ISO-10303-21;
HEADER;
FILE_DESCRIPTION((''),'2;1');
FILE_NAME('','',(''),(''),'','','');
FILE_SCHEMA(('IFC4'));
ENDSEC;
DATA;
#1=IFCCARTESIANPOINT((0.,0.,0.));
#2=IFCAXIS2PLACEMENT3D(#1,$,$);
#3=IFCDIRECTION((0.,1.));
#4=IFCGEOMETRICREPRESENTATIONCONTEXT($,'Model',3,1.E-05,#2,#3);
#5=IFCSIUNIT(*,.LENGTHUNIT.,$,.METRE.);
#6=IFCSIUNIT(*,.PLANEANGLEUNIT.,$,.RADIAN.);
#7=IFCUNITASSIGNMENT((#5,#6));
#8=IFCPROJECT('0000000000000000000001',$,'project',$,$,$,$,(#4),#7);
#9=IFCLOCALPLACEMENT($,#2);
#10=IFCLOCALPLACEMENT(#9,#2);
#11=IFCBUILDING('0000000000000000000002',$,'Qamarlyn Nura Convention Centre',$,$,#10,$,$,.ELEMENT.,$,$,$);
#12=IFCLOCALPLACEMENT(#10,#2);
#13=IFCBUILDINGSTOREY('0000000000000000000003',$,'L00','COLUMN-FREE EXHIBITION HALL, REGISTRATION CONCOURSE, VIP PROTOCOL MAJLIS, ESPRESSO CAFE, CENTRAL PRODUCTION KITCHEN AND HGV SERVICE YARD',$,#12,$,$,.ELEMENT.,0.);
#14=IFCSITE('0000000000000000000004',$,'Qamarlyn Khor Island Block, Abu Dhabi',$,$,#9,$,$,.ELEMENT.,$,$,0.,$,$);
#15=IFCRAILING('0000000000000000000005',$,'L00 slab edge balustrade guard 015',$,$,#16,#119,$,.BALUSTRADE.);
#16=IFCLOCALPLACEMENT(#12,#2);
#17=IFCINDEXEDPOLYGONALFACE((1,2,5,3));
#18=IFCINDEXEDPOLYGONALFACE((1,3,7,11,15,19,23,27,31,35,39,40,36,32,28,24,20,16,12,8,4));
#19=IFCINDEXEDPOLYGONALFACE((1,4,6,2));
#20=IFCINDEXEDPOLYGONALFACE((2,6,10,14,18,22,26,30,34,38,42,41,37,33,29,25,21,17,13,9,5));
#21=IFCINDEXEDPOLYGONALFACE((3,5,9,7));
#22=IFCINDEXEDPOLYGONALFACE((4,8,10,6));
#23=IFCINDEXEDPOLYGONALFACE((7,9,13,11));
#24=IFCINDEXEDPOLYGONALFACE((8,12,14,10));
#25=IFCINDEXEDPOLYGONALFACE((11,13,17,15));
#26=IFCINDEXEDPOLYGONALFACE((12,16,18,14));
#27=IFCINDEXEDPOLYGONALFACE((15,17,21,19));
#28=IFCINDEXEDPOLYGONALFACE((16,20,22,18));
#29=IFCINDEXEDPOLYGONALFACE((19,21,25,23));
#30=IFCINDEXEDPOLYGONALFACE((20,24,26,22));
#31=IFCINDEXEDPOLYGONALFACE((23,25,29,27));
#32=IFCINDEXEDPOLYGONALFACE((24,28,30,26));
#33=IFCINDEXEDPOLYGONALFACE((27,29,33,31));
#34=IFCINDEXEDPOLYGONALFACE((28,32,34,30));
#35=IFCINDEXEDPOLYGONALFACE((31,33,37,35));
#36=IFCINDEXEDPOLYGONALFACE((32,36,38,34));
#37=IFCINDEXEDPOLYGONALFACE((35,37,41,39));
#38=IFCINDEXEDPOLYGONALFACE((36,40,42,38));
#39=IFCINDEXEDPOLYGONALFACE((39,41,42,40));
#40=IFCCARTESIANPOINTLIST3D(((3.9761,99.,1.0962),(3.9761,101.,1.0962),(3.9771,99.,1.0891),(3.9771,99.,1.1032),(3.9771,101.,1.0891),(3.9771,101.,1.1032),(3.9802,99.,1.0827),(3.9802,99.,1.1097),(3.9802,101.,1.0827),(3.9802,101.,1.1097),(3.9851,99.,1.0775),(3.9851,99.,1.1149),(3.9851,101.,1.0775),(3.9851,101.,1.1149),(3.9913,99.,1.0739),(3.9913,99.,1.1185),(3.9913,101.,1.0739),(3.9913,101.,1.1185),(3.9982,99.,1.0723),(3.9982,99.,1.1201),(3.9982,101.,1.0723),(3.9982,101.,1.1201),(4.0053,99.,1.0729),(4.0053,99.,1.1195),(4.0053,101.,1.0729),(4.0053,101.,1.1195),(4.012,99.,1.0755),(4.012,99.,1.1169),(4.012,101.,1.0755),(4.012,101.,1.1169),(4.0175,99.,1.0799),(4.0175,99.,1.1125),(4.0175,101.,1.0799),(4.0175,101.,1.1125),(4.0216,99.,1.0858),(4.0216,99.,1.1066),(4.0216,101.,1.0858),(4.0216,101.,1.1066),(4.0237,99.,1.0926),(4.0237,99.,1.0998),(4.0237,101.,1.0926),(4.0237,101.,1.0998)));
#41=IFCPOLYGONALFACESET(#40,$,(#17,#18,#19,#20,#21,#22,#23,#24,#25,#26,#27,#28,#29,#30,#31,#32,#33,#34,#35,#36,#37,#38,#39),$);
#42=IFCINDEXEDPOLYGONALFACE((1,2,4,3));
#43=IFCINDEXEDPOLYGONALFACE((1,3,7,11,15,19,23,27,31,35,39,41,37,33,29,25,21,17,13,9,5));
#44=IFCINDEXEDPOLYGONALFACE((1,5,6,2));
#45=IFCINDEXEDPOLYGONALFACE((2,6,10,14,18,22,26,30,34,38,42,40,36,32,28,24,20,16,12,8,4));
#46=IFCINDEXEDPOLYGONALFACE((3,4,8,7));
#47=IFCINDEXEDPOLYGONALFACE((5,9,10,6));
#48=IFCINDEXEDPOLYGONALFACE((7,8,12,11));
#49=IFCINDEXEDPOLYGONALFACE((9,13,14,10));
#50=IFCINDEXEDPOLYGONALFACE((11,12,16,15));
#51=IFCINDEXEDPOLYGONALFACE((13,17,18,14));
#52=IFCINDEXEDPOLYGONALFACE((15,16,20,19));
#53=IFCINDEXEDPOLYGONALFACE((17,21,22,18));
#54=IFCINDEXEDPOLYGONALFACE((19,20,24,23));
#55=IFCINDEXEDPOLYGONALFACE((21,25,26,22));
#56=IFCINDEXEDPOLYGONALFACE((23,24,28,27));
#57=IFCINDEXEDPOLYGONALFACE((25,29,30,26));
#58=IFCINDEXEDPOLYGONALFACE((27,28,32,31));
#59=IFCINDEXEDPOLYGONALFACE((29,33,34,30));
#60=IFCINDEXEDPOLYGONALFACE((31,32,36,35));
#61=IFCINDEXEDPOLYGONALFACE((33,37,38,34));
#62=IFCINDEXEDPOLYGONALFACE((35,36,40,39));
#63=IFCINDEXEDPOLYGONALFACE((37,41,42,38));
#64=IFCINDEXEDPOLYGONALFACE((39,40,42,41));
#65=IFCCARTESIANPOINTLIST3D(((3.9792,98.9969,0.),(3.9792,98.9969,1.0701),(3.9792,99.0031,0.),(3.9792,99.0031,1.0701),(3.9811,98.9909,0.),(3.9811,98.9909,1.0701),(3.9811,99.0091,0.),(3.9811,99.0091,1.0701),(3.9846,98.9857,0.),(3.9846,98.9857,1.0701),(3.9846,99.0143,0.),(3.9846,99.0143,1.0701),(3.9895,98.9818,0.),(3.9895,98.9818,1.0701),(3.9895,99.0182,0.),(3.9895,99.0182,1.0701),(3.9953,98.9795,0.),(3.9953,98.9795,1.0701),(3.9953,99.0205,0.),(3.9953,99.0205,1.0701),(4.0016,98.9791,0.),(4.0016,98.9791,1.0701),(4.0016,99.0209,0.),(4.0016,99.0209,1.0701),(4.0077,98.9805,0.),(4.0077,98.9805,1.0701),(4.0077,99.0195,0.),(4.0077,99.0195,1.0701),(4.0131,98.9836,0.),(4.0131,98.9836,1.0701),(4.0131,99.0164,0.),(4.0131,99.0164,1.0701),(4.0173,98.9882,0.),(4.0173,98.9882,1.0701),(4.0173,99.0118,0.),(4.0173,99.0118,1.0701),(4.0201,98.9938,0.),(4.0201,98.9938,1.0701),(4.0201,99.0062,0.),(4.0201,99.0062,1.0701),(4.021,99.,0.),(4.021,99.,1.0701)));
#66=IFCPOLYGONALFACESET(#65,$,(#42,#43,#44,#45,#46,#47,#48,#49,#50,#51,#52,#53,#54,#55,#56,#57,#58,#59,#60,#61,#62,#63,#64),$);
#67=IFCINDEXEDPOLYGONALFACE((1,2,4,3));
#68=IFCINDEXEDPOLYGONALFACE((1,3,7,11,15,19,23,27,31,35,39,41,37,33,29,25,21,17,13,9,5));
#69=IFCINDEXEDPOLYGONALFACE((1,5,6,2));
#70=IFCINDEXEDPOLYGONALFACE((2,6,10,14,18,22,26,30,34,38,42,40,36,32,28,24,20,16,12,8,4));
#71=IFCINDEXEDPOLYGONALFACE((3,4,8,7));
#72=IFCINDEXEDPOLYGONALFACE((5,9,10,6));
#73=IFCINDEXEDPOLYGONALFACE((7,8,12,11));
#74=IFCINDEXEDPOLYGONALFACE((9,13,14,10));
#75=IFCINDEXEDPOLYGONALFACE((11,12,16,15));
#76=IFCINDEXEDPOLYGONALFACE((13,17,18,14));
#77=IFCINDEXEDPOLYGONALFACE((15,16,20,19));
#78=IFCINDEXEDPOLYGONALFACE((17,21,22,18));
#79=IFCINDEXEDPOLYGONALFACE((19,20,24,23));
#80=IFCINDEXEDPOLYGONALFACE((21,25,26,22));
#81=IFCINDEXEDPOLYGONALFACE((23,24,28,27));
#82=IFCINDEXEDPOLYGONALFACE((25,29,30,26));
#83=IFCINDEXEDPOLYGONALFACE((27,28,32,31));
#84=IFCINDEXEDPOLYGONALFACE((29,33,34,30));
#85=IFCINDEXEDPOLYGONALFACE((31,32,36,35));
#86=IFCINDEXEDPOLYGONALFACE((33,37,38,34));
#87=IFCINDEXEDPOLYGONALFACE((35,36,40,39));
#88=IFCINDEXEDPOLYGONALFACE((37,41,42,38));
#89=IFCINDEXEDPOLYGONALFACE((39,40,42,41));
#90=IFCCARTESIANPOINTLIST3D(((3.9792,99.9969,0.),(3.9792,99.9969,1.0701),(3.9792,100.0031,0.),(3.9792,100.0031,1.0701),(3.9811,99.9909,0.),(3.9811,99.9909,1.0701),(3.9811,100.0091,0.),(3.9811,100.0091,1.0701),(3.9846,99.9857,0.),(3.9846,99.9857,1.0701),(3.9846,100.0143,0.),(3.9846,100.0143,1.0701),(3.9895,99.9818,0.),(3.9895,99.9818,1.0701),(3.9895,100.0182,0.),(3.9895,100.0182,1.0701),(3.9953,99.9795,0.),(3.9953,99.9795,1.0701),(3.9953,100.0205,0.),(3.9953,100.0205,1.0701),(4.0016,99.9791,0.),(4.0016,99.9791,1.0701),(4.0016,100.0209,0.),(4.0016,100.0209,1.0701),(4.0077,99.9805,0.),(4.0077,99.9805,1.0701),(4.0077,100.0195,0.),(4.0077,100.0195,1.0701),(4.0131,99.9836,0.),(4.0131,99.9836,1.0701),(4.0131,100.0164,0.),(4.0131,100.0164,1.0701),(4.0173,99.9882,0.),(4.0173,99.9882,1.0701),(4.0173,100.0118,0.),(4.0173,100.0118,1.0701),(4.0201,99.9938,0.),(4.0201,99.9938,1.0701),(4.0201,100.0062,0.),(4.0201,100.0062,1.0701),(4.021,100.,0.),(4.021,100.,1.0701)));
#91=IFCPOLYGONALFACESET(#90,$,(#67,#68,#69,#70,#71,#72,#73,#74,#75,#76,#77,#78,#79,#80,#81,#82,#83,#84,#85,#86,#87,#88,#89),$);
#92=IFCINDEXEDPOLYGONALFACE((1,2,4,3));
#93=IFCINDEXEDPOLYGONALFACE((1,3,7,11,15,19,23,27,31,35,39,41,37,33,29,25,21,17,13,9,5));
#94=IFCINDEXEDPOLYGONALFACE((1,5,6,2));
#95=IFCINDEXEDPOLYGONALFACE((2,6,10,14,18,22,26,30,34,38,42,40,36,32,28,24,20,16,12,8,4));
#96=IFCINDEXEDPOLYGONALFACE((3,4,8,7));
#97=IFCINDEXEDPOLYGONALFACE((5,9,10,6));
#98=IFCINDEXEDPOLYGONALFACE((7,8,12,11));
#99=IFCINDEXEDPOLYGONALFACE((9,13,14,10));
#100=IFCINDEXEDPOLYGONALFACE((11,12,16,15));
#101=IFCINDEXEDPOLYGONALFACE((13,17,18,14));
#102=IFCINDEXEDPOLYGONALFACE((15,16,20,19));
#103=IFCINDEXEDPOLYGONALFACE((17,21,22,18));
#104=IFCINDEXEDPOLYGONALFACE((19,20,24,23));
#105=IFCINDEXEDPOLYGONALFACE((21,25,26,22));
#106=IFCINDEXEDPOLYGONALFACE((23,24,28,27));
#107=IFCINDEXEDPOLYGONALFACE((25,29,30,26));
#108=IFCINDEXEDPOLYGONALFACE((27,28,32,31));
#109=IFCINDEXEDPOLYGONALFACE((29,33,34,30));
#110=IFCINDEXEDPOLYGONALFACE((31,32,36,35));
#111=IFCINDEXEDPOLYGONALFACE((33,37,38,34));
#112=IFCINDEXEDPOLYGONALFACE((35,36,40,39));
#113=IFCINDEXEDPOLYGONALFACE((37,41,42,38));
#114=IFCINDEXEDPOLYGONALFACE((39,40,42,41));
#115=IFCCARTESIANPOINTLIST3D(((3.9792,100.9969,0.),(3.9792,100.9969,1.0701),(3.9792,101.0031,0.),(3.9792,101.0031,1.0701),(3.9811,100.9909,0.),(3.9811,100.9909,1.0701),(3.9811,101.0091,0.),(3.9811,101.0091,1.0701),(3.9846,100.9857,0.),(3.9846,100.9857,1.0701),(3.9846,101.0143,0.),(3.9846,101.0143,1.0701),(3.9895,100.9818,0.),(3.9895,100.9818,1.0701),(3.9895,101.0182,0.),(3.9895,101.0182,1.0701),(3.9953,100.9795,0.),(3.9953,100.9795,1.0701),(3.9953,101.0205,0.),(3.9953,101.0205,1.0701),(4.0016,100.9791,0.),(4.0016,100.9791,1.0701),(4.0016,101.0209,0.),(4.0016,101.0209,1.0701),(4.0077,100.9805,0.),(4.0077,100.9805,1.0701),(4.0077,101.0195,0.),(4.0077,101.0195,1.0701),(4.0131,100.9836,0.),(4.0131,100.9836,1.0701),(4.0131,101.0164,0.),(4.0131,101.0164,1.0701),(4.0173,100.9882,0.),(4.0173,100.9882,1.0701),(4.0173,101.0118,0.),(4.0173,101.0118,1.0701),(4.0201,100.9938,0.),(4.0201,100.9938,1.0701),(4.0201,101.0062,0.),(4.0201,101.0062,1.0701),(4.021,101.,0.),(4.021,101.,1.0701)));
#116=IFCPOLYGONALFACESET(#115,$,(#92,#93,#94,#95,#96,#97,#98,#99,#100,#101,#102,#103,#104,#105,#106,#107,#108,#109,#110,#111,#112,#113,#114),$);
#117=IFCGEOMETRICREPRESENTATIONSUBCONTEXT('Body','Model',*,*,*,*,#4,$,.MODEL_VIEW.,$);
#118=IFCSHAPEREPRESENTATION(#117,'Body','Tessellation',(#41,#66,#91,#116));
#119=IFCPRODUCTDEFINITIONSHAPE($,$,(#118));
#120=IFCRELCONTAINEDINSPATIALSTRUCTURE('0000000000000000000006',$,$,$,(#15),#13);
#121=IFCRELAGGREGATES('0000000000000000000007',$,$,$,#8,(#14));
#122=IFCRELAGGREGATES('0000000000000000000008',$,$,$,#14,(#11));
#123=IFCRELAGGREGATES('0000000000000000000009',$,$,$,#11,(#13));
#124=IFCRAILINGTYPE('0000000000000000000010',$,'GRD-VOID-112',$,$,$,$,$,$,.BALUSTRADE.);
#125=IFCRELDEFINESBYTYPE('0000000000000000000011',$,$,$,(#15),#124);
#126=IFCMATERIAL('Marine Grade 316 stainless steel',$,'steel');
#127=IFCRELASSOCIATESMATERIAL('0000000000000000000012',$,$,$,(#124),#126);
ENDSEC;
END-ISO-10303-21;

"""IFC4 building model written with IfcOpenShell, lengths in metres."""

from ifc_helpers import new_model, si_unit, direction, frame, origin, origin_2d, place, context, subcontext, project, spatial, circle, extrude, material, type_object, element, save


model = new_model("IFC4")

# Units and contexts
model_context = context("Model", 3, precision=1e-05, world=origin(), true_north=direction((0.0, 1.0)))
body_context = subcontext(model_context, "Body", "Model", "MODEL_VIEW")
ifc_project = project(units=[si_unit("LENGTHUNIT", "METRE"), si_unit("PLANEANGLEUNIT", "RADIAN")], contexts=[model_context])

# Site, building, storey
site_placement = place(None, origin())
site = spatial("IfcSite", under=ifc_project, at=site_placement, Name="Qamarlyn Khor Island Block, Abu Dhabi", CompositionType="ELEMENT", RefElevation=0.0)
building_placement = place(site_placement, origin())
building = spatial("IfcBuilding", under=site, at=building_placement, Name="Qamarlyn Nura Convention Centre", CompositionType="ELEMENT")
storey_placement = place(building_placement, origin())
storey = spatial("IfcBuildingStorey", under=building, at=storey_placement, Name="L00", Description="COLUMN-FREE EXHIBITION HALL, REGISTRATION CONCOURSE, VIP PROTOCOL MAJLIS, ESPRESSO CAFE, CENTRAL PRODUCTION KITCHEN AND HGV SERVICE YARD", CompositionType="ELEMENT", Elevation=0.0)

# Railing
ifc_material_1 = material(Name="Marine Grade 316 stainless steel", Category="steel")
railing_type = type_object("IfcRailingType", Name="GRD-VOID-112", PredefinedType="BALUSTRADE", material=ifc_material_1)
railing_1_placement = place(storey_placement, frame((4.0, 99.0, 0.0)))
element("IfcRailing", 1, at=railing_1_placement, inside=storey, type_object=railing_type, Name="L00 slab edge balustrade guard 015", PredefinedType="BALUSTRADE", context=body_context, shape_type="SweptSolid", body=[
    extrude(circle(Radius=0.0239, at=origin_2d()), frame((0.0, 0.0, 1.0962), z_axis=(0.0, 1.0, 0.0), x_axis=(-1.0, 0.0, 0.0)), (0.0, 0.0, 1.0), 2.0),
    extrude(circle(Radius=0.021, at=origin_2d()), origin(), (0.0, 0.0, 1.0), 1.0701),
    extrude(circle(Radius=0.021, at=origin_2d()), frame((0.0, 1.0, 0.0)), (0.0, 0.0, 1.0), 1.0701),
    extrude(circle(Radius=0.021, at=origin_2d()), frame((0.0, 2.0, 0.0)), (0.0, 0.0, 1.0), 1.0701),
])

save(model, "model.ifc")
